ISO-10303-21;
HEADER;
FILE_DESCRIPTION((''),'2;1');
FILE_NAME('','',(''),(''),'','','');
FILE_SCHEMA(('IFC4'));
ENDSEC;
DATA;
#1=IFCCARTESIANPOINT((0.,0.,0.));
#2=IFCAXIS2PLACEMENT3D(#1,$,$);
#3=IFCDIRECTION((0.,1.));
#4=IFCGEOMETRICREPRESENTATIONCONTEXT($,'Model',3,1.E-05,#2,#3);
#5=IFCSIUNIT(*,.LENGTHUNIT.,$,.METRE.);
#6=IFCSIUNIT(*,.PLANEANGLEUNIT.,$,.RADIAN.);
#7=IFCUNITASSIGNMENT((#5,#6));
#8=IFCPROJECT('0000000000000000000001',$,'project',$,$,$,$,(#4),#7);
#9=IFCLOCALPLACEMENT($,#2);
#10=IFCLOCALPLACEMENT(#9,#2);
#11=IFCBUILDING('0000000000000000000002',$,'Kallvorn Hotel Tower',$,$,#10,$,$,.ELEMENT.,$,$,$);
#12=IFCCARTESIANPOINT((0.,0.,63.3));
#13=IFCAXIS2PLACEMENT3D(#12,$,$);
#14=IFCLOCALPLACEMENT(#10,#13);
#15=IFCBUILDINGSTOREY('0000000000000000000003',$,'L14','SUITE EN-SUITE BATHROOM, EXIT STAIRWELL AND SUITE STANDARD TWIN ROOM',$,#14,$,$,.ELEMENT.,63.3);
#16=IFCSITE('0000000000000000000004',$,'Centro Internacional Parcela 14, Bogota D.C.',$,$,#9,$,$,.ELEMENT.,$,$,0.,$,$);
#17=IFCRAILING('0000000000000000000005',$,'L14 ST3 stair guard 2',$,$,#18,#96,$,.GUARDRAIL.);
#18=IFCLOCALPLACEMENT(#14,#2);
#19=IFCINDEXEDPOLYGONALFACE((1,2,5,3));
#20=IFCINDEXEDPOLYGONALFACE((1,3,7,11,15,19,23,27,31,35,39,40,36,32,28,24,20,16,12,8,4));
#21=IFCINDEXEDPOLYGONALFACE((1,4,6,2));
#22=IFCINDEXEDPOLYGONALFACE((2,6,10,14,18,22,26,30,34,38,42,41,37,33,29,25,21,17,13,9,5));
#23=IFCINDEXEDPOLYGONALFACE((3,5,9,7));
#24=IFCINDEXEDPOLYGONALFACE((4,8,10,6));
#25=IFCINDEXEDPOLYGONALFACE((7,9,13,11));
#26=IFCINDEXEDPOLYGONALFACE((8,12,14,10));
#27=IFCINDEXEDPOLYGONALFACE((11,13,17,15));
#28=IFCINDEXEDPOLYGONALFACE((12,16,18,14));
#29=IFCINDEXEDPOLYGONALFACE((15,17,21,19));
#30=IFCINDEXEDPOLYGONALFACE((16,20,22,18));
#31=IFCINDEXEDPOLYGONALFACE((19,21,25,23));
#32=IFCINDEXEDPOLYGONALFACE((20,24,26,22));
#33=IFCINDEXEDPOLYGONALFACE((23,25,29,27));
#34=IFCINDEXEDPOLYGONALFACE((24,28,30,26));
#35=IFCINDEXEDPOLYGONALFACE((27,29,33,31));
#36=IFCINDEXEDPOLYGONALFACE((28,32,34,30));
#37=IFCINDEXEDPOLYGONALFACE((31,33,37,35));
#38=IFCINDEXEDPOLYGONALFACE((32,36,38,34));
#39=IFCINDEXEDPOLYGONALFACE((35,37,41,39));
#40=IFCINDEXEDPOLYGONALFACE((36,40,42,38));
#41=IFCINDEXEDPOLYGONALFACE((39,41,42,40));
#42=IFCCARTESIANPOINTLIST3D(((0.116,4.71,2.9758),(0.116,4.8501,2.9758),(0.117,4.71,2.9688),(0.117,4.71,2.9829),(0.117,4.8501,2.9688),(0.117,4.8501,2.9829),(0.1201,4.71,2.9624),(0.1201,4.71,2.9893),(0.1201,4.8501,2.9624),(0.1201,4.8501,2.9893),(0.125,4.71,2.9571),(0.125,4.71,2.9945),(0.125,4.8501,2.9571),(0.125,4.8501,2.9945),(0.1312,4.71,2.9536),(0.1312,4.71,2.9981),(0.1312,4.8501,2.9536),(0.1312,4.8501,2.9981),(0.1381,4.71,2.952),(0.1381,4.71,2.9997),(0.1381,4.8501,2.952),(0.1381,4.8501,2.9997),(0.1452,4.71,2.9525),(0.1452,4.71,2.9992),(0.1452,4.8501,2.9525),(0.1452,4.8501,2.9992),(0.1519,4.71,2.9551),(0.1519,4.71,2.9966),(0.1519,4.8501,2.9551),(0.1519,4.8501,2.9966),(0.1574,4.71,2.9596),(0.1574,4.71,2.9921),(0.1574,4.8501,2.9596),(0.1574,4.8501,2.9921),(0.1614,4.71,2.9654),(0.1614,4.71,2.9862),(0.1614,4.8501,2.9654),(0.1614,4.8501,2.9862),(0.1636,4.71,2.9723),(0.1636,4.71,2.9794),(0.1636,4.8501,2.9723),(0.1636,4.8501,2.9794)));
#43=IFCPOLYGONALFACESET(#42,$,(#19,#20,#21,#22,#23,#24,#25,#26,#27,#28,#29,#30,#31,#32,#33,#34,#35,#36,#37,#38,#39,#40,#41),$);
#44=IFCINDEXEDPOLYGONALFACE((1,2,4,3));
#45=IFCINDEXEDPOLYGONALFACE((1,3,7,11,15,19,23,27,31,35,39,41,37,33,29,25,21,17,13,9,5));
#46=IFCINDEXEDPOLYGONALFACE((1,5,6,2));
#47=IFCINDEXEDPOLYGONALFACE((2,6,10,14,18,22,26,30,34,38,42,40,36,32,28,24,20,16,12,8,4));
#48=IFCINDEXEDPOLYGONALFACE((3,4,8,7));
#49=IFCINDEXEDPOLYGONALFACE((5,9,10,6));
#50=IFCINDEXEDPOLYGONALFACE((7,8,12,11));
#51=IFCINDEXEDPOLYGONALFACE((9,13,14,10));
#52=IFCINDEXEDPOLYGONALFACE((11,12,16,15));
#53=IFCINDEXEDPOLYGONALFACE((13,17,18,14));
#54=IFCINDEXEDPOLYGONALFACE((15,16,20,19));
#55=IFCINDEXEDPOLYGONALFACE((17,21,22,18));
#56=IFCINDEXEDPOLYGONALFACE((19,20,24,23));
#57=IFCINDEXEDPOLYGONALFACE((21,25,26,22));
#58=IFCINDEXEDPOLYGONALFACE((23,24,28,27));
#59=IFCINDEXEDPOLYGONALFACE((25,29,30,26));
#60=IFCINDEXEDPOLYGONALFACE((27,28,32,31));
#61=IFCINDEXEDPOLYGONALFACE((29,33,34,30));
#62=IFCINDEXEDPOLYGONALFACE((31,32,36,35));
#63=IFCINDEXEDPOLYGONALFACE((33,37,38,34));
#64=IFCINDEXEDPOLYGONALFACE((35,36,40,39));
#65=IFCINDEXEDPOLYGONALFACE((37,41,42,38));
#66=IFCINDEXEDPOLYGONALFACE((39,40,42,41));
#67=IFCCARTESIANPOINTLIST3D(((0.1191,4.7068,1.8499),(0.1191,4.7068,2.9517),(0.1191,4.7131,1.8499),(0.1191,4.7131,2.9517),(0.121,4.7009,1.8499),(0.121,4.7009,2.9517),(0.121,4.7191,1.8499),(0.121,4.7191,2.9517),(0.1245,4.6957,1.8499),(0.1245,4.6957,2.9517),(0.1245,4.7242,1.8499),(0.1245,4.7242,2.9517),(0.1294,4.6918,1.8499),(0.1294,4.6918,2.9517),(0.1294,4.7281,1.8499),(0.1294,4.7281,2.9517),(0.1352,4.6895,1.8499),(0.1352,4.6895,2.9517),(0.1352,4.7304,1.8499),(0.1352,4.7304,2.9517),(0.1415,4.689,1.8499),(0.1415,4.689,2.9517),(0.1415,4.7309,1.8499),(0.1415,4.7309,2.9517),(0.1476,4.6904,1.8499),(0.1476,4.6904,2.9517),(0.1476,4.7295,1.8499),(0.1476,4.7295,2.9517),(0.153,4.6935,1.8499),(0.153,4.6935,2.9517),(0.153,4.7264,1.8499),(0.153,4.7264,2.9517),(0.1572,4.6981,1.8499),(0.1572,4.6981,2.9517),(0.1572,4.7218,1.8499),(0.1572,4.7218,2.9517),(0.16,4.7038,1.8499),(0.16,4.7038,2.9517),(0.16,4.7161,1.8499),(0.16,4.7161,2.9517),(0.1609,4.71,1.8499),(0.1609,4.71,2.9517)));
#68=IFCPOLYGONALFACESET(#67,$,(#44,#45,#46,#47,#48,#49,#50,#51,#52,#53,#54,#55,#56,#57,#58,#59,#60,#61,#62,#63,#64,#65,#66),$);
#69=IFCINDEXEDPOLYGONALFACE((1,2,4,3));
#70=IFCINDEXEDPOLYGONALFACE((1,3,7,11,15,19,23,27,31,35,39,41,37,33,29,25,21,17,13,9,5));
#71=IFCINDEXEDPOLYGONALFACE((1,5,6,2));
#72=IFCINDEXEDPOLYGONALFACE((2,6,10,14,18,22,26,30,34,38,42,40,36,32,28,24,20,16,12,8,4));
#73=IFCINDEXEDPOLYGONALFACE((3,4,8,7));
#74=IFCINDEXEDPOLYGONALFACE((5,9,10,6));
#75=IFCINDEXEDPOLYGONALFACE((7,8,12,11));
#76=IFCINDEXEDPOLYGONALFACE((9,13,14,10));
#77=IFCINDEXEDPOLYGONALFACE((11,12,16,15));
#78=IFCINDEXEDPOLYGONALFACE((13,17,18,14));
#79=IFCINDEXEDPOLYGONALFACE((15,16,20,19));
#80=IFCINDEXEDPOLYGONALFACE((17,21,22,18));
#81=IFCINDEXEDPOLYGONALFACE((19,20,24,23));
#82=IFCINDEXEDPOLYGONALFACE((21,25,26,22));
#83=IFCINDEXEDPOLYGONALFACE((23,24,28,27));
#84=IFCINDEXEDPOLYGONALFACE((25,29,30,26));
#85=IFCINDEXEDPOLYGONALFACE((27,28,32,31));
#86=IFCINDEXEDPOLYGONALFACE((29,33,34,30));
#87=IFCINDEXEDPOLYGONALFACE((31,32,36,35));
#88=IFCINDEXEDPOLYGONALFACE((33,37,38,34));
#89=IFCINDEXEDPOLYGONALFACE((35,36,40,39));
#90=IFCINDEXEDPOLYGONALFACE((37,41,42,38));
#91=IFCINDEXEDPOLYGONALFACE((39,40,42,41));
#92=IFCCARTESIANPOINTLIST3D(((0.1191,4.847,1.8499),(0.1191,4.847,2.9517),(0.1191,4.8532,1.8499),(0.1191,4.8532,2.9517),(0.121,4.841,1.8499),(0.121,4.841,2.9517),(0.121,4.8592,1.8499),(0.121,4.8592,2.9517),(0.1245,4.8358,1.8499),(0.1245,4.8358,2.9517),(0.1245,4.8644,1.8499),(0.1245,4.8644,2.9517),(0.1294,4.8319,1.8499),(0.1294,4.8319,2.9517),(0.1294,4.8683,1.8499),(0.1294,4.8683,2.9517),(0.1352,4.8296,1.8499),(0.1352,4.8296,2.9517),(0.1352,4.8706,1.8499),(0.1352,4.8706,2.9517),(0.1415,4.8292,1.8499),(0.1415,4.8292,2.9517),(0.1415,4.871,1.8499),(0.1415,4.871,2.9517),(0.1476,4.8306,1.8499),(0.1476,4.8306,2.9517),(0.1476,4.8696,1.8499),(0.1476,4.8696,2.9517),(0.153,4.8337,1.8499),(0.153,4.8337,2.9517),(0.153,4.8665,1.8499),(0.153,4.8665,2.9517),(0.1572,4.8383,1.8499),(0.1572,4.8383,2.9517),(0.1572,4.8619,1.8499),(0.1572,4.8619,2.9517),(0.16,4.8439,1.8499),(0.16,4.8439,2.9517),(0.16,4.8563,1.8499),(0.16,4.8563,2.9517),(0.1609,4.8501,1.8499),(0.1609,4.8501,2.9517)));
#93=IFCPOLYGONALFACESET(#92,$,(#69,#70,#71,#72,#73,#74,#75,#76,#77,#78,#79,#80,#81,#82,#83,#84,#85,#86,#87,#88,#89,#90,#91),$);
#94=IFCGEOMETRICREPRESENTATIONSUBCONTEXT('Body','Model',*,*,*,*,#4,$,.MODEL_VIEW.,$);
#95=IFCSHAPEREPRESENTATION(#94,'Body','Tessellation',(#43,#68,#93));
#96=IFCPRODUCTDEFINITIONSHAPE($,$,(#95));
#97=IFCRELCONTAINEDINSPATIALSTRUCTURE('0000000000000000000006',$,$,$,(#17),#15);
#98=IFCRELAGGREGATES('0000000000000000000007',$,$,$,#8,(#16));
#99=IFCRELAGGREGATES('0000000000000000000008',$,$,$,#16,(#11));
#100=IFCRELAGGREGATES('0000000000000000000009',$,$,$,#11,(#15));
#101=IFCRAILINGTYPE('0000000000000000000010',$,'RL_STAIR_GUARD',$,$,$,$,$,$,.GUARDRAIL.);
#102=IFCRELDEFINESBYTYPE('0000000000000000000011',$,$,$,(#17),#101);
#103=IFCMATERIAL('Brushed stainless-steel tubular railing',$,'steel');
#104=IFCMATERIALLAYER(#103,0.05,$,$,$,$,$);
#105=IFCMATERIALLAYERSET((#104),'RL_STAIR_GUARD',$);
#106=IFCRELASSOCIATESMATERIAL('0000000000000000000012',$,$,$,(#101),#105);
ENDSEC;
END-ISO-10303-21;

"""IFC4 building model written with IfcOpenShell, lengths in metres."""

from ifc_helpers import new_model, si_unit, direction, frame, origin, origin_2d, place, context, subcontext, project, spatial, circle, extrude, material, layer, layer_set, type_object, element, save


model = new_model("IFC4")

# Units and contexts
model_context = context("Model", 3, precision=1e-05, world=origin(), true_north=direction((0.0, 1.0)))
body_context = subcontext(model_context, "Body", "Model", "MODEL_VIEW")
ifc_project = project(units=[si_unit("LENGTHUNIT", "METRE"), si_unit("PLANEANGLEUNIT", "RADIAN")], contexts=[model_context])

# Site, building, storey
site_placement = place(None, origin())
site = spatial("IfcSite", under=ifc_project, at=site_placement, Name="Centro Internacional Parcela 14, Bogota D.C.", CompositionType="ELEMENT", RefElevation=0.0)
building_placement = place(site_placement, origin())
building = spatial("IfcBuilding", under=site, at=building_placement, Name="Kallvorn Hotel Tower", CompositionType="ELEMENT")
storey_placement = place(building_placement, frame((0.0, 0.0, 63.3)))
storey = spatial("IfcBuildingStorey", under=building, at=storey_placement, Name="L14", Description="SUITE EN-SUITE BATHROOM, EXIT STAIRWELL AND SUITE STANDARD TWIN ROOM", CompositionType="ELEMENT", Elevation=63.3)

# Railing
ifc_material_1 = material(Name="Brushed stainless-steel tubular railing", Category="steel")
ifc_layer_1 = layer(ifc_material_1, 0.05)
ifc_layer_set_1 = layer_set([ifc_layer_1], Name="RL_STAIR_GUARD")
railing_type_1 = type_object("IfcRailingType", Name="RL_STAIR_GUARD", PredefinedType="GUARDRAIL", material=ifc_layer_set_1)
railing_1_placement = place(storey_placement, frame((0.1399, 4.71, 1.8499)))
element("IfcRailing", 1, at=railing_1_placement, inside=storey, type_object=railing_type_1, Name="L14 ST3 stair guard 2", PredefinedType="GUARDRAIL", context=body_context, shape_type="SweptSolid", body=[
    extrude(circle(Radius=0.0239, at=origin_2d()), frame((0.0, 0.0, 1.126), z_axis=(0.0, 1.0, 0.0), x_axis=(-1.0, 0.0, 0.0)), (0.0, 0.0, 1.0), 0.1401),
    extrude(circle(Radius=0.021, at=origin_2d()), origin(), (0.0, 0.0, 1.0), 1.1018),
    extrude(circle(Radius=0.021, at=origin_2d()), frame((0.0, 0.1401, 0.0)), (0.0, 0.0, 1.0), 1.1018),
])

save(model, "model.ifc")
